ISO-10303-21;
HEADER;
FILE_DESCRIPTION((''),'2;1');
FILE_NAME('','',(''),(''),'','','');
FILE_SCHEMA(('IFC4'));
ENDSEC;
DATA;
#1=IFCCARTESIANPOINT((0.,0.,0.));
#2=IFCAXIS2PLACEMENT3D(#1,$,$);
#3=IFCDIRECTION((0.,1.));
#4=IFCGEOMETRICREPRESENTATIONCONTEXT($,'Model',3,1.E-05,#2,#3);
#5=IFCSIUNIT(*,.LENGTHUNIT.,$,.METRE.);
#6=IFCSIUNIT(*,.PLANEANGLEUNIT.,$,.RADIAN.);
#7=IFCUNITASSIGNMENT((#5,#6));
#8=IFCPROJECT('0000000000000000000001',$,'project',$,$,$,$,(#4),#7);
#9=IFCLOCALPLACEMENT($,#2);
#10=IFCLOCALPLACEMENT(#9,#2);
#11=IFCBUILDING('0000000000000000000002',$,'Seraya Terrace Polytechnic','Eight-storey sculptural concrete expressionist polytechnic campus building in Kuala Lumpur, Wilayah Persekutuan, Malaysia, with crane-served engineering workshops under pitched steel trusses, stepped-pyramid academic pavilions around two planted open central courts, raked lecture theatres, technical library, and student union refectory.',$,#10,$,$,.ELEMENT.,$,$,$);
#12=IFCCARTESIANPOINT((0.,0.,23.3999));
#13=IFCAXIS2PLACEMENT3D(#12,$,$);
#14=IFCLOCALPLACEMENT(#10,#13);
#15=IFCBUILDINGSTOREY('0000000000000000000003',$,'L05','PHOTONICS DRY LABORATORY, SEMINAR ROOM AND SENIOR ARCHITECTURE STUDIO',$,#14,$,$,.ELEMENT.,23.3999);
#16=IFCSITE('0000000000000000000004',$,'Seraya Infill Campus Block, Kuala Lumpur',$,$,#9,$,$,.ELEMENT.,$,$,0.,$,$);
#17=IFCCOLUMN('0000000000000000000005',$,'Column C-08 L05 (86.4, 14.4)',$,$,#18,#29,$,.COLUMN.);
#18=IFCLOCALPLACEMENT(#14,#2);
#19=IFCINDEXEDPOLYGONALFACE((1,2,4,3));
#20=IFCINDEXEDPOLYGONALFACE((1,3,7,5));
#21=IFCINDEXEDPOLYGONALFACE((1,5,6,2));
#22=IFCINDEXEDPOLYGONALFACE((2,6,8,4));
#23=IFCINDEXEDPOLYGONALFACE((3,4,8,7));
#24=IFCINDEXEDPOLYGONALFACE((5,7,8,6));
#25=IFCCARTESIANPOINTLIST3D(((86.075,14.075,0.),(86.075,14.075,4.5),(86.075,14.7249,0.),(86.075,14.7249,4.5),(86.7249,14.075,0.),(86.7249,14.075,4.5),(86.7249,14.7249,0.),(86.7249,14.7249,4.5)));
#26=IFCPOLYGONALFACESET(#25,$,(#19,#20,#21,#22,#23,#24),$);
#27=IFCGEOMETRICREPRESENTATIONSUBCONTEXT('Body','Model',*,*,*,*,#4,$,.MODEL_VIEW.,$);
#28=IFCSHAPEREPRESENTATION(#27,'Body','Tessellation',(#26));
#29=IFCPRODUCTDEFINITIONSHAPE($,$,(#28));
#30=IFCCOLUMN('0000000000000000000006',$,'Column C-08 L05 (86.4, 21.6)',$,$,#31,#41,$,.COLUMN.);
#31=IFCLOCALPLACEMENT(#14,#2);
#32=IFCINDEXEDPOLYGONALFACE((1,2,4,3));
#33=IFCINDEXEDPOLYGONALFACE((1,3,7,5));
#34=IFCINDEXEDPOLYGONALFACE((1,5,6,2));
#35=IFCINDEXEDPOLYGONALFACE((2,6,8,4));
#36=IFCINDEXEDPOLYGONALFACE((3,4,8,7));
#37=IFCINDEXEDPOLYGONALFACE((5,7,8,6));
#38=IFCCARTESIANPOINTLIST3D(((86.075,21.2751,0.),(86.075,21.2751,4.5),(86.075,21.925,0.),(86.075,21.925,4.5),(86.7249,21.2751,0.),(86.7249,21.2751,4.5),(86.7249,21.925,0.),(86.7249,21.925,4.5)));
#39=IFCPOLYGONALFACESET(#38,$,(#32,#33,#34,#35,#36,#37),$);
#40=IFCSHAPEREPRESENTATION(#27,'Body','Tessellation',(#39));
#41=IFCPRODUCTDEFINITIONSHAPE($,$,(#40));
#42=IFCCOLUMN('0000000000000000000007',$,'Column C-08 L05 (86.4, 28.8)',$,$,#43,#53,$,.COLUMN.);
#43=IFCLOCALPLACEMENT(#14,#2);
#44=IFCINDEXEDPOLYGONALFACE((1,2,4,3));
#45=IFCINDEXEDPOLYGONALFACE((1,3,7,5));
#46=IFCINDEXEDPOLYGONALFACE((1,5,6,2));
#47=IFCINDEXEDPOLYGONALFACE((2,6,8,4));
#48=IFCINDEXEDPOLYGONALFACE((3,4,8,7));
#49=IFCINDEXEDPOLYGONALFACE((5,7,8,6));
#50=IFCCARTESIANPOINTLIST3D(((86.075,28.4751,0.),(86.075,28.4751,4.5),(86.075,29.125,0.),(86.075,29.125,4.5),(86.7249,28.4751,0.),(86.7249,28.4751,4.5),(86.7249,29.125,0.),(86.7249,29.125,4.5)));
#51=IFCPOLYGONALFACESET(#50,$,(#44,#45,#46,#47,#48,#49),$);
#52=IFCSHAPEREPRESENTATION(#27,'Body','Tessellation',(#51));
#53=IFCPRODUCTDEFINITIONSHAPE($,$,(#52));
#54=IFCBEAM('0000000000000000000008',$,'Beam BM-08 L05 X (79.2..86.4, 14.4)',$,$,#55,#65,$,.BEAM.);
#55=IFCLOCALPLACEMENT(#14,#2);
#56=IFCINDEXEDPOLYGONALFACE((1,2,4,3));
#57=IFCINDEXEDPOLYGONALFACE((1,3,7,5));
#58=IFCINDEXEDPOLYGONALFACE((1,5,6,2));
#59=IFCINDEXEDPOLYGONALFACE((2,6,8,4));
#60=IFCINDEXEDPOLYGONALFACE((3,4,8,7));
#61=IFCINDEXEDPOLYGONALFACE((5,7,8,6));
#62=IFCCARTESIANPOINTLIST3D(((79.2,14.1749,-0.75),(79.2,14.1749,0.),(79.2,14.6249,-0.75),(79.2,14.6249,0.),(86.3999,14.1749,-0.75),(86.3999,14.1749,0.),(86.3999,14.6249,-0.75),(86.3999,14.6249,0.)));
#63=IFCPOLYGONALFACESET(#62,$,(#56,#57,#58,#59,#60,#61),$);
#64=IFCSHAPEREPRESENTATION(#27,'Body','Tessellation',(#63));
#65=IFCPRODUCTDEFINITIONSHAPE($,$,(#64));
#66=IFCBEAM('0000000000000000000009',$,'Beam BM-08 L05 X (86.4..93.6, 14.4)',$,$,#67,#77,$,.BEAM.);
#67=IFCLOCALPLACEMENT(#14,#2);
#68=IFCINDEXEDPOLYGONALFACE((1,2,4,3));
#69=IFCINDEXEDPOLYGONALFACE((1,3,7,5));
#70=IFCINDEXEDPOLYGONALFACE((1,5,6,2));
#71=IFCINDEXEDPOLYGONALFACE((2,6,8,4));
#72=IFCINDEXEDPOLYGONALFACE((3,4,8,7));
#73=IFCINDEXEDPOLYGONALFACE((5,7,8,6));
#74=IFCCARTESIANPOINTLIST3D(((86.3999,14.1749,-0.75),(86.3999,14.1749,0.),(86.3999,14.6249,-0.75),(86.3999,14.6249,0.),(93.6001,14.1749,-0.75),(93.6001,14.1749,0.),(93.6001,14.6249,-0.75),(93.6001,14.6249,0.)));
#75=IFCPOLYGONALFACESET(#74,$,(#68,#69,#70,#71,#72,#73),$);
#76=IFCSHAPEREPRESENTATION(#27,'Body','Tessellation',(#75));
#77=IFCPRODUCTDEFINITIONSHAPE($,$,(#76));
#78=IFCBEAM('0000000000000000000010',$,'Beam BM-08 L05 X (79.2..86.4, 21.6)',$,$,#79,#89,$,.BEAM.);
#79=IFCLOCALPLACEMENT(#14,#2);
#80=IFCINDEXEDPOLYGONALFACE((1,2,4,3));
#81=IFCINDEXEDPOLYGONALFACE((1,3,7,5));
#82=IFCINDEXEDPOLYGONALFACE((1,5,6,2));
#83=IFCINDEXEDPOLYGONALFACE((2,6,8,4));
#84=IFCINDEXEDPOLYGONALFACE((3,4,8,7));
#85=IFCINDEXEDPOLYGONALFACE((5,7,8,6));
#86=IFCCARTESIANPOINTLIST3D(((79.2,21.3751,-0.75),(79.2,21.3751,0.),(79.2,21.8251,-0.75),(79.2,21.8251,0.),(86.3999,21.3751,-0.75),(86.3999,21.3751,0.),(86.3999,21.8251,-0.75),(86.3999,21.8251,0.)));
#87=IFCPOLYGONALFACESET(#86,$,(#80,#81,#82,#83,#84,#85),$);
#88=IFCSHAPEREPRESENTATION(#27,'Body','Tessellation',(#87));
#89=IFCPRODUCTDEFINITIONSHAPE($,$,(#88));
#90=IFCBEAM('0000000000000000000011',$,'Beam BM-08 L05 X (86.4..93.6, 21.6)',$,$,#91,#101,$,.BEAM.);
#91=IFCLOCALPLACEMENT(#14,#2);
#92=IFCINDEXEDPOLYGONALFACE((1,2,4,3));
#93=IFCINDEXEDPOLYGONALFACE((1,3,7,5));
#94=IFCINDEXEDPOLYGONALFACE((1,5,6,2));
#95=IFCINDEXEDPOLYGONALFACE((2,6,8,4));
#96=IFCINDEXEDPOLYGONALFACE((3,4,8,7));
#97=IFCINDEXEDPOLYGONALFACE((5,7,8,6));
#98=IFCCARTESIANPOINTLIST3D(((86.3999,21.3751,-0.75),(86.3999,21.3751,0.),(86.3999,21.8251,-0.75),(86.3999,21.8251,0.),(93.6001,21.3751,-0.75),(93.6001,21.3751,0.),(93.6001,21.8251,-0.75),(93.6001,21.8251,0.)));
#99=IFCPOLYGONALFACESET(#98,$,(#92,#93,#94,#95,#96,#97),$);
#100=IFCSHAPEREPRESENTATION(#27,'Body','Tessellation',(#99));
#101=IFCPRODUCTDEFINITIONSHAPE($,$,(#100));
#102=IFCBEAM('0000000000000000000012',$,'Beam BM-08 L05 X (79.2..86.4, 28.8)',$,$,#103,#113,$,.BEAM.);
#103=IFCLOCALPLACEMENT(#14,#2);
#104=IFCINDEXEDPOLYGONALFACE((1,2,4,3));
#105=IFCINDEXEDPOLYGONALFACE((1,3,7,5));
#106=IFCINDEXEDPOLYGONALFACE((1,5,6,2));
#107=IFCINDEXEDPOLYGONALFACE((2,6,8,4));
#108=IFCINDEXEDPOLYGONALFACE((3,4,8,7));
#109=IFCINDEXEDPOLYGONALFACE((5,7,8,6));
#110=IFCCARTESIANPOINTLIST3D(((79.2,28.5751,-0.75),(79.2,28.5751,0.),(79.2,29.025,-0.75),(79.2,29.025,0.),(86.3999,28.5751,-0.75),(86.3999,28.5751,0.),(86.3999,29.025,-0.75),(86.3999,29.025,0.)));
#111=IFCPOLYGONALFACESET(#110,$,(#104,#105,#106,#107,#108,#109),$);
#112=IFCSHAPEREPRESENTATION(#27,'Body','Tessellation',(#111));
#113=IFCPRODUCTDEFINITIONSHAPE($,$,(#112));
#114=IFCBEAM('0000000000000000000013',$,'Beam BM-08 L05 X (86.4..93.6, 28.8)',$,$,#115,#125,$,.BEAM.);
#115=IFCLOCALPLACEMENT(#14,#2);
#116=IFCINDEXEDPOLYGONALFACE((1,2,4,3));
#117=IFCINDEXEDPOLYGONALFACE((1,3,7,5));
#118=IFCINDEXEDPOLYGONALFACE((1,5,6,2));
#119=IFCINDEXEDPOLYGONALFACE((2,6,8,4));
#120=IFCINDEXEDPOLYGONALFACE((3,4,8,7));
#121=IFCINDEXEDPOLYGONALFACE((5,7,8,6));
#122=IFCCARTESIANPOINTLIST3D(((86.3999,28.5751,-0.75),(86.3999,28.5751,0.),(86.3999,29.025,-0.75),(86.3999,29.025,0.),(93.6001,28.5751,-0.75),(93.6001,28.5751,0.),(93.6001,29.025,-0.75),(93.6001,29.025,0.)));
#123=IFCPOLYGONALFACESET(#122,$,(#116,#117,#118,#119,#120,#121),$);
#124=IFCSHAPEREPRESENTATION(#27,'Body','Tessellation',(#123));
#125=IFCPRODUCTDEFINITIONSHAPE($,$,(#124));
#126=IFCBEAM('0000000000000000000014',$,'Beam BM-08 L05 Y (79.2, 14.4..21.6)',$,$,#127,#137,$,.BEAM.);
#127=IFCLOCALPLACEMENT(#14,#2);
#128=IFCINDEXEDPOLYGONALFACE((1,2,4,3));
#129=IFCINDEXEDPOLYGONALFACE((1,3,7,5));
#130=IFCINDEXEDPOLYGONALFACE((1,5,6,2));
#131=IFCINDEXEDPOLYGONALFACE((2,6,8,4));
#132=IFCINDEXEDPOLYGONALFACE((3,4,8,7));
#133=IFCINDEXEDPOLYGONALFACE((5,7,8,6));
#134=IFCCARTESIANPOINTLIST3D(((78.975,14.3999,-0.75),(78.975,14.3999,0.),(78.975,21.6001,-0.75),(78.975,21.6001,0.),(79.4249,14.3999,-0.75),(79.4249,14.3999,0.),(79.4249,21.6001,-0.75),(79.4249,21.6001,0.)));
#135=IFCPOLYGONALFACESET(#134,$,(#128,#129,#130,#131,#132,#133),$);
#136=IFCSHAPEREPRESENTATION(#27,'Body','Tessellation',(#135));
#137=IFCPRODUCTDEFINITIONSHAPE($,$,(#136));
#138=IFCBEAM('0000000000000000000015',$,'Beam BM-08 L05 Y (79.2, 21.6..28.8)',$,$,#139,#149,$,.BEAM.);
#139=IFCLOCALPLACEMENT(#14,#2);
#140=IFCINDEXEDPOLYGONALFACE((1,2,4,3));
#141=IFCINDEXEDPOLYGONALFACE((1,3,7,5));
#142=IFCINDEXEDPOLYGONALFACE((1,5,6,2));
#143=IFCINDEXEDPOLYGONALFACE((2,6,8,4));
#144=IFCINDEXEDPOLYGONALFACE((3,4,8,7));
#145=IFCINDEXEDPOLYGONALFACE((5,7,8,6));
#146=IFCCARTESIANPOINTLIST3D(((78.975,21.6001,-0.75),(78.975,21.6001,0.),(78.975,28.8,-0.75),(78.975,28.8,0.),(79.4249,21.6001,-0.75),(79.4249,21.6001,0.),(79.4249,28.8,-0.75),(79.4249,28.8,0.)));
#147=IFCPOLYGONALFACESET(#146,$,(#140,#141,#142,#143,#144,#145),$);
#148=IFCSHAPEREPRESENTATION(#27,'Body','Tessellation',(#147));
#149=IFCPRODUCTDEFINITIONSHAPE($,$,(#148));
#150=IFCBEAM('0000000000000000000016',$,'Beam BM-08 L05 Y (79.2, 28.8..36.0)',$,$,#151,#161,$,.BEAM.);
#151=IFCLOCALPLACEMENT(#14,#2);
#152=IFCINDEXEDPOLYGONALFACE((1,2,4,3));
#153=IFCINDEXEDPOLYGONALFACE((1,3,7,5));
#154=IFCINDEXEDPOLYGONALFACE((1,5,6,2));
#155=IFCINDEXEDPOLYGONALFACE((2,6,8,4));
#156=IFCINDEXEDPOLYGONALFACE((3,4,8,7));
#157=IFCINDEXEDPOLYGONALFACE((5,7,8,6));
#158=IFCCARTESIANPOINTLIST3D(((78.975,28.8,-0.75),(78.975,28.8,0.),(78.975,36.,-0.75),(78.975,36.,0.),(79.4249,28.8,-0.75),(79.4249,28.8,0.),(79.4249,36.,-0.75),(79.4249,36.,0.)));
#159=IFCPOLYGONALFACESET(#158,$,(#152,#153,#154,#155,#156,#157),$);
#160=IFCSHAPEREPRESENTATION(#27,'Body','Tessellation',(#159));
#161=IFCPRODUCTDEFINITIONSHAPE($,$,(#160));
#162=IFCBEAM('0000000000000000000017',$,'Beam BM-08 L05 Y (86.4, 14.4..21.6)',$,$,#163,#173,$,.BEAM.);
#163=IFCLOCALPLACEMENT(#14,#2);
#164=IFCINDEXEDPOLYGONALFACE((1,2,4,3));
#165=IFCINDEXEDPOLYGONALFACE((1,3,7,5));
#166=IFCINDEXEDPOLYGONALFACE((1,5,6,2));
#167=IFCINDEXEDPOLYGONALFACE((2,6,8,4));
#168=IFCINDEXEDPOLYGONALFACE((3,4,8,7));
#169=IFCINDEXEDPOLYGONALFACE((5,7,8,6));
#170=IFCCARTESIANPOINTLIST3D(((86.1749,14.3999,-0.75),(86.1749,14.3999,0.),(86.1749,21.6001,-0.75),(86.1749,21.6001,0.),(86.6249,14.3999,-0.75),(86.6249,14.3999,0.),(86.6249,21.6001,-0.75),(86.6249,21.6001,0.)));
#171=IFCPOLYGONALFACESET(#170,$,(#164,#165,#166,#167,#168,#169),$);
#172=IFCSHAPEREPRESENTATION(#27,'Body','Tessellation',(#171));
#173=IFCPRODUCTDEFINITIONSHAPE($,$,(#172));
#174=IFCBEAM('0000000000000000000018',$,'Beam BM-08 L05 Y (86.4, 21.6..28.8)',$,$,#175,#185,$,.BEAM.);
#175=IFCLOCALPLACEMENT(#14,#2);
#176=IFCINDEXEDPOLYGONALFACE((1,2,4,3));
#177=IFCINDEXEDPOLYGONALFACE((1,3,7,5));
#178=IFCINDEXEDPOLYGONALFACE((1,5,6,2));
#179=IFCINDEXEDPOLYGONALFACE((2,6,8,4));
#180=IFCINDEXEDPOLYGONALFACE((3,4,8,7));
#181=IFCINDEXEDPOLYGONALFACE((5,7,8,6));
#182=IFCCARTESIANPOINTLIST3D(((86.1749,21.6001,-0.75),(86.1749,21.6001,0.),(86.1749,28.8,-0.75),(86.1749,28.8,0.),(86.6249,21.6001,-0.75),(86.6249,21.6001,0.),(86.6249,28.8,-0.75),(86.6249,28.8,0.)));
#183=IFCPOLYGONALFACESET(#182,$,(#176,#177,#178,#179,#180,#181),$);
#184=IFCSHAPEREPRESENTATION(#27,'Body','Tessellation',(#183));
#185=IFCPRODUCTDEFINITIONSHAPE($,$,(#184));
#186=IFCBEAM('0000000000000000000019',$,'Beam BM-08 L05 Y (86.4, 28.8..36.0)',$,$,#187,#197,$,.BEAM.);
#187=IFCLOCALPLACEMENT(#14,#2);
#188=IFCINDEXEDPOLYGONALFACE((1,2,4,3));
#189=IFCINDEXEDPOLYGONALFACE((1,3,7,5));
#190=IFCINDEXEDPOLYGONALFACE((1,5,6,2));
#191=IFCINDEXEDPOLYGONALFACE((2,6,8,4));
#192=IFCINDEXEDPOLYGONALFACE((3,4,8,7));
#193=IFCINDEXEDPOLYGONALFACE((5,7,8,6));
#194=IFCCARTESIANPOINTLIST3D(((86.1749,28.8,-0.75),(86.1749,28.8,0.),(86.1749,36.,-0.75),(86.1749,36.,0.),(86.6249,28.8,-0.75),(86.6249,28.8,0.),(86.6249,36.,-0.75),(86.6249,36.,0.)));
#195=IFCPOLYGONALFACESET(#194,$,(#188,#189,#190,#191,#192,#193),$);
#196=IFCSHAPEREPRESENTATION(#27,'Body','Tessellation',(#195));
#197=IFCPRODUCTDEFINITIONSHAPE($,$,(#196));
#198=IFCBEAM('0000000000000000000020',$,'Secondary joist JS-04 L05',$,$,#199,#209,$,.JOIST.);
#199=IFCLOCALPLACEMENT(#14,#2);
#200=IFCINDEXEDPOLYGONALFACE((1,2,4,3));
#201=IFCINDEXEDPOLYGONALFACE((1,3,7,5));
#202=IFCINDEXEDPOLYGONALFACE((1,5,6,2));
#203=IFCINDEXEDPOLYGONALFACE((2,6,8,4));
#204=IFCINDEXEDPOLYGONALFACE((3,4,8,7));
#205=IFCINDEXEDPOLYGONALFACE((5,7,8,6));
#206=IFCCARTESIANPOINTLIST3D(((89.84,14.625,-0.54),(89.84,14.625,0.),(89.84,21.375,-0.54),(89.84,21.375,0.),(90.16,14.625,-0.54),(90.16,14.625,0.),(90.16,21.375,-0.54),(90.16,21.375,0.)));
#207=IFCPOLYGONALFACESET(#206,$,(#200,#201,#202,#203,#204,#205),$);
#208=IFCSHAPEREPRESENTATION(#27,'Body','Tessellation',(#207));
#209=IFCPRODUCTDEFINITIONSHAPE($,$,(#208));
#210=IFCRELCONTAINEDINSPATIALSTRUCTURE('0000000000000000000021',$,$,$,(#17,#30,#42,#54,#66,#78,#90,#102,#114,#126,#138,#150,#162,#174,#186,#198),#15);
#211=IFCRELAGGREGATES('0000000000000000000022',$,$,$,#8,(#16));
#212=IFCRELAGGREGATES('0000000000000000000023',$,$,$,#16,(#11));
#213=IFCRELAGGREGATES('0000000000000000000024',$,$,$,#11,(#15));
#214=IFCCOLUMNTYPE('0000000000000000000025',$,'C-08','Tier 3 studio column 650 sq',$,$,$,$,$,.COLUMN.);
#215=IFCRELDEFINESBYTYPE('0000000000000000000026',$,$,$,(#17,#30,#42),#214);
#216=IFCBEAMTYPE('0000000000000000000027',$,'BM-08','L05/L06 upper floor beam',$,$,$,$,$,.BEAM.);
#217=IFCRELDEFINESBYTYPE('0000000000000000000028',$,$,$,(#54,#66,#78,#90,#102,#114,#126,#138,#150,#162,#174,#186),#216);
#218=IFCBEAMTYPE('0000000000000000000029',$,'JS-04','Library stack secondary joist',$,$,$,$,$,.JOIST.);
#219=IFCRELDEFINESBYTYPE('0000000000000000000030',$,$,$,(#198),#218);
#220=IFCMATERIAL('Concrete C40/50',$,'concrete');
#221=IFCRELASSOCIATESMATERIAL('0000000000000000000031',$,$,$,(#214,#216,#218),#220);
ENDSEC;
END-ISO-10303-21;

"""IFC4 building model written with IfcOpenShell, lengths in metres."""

from ifc_helpers import new_model, si_unit, direction, frame, origin, origin_2d, place, context, subcontext, project, spatial, rectangle, extrude, material, material_profile, profile_set, type_object, element, save


model = new_model("IFC4")

# Units and contexts
model_context = context("Model", 3, precision=1e-05, world=origin(), true_north=direction((0.0, 1.0)))
body_context = subcontext(model_context, "Body", "Model", "MODEL_VIEW")
ifc_project = project(units=[si_unit("LENGTHUNIT", "METRE"), si_unit("PLANEANGLEUNIT", "RADIAN")], contexts=[model_context])

# Site, building, storey
site_placement = place(None, origin())
site = spatial("IfcSite", under=ifc_project, at=site_placement, Name="Seraya Infill Campus Block, Kuala Lumpur", CompositionType="ELEMENT", RefElevation=0.0)
building_placement = place(site_placement, origin())
building = spatial("IfcBuilding", under=site, at=building_placement, Name="Seraya Terrace Polytechnic", Description="Eight-storey sculptural concrete expressionist polytechnic campus building in Kuala Lumpur, Wilayah Persekutuan, Malaysia, with crane-served engineering workshops under pitched steel trusses, stepped-pyramid academic pavilions around two planted open central courts, raked lecture theatres, technical library, and student union refectory.", CompositionType="ELEMENT")
storey_placement = place(building_placement, frame((0.0, 0.0, 23.3999)))
storey = spatial("IfcBuildingStorey", under=building, at=storey_placement, Name="L05", Description="PHOTONICS DRY LABORATORY, SEMINAR ROOM AND SENIOR ARCHITECTURE STUDIO", CompositionType="ELEMENT", Elevation=23.3999)

# Columns
ifc_material_1 = material(Name="Concrete C40/50", Category="concrete")
ifc_material_profile_1 = material_profile(ifc_material_1, rectangle(XDim=0.6499, YDim=0.6499, at=origin_2d()), Name="RC 650x650")
ifc_profile_set_1 = profile_set([ifc_material_profile_1], Name="Concrete C40/50")
column_type = type_object("IfcColumnType", Name="C-08", Description="Tier 3 studio column 650 sq", PredefinedType="COLUMN", material=ifc_profile_set_1)
for number, where, z_axis, x_axis, name in (
    (1, (86.3999, 14.3999, 0.0), (0.0, 0.0, 1.0), (1.0, 0.0, 0.0), "Column C-08 L05 (86.4, 14.4)"),
    (2, (86.3999, 21.6001, 0.0), (0.0, 0.0, 1.0), (1.0, 0.0, 0.0), "Column C-08 L05 (86.4, 21.6)"),
    (3, (86.3999, 28.8, 0.0), (0.0, 0.0, 1.0), (1.0, 0.0, 0.0), "Column C-08 L05 (86.4, 28.8)"),
):
    element("IfcColumn", number, at=place(storey_placement, frame(where, z_axis=z_axis, x_axis=x_axis)), inside=storey, type_object=column_type, Name=name, PredefinedType="COLUMN", context=body_context, shape_type="SweptSolid", body=[
        extrude(rectangle(XDim=0.6499, YDim=0.6499, at=origin_2d()), origin(), (0.0, 0.0, 1.0), 4.5),
    ])

# Beams
ifc_material_profile_2 = material_profile(ifc_material_1, rectangle(XDim=0.45, YDim=0.75, at=origin_2d()), Name="RC 450x750")
ifc_profile_set_2 = profile_set([ifc_material_profile_2], Name="Concrete C40/50")
beam_type_1 = type_object("IfcBeamType", Name="BM-08", Description="L05/L06 upper floor beam", PredefinedType="BEAM", material=ifc_profile_set_2)
beam_1_placement = place(storey_placement, frame((79.2, 14.3999, -0.375), z_axis=(1.0, 0.0, 0.0), x_axis=(0.0, 1.0, 0.0)))
element("IfcBeam", 4, at=beam_1_placement, inside=storey, type_object=beam_type_1, Name="Beam BM-08 L05 X (79.2..86.4, 14.4)", PredefinedType="BEAM", context=body_context, shape_type="SweptSolid", body=[
    extrude(rectangle(XDim=0.45, YDim=0.75, at=origin_2d()), origin(), (0.0, 0.0, 1.0), 7.2),
])
beam_2_placement = place(storey_placement, frame((86.3999, 14.3999, -0.375), z_axis=(1.0, 0.0, 0.0), x_axis=(0.0, 1.0, 0.0)))
element("IfcBeam", 5, at=beam_2_placement, inside=storey, type_object=beam_type_1, Name="Beam BM-08 L05 X (86.4..93.6, 14.4)", PredefinedType="BEAM", context=body_context, shape_type="SweptSolid", body=[
    extrude(rectangle(XDim=0.45, YDim=0.75, at=origin_2d()), origin(), (0.0, 0.0, 1.0), 7.2002),
])
beam_3_placement = place(storey_placement, frame((79.2, 21.6001, -0.375), z_axis=(1.0, 0.0, 0.0), x_axis=(0.0, 1.0, 0.0)))
element("IfcBeam", 6, at=beam_3_placement, inside=storey, type_object=beam_type_1, Name="Beam BM-08 L05 X (79.2..86.4, 21.6)", PredefinedType="BEAM", context=body_context, shape_type="SweptSolid", body=[
    extrude(rectangle(XDim=0.45, YDim=0.75, at=origin_2d()), origin(), (0.0, 0.0, 1.0), 7.2),
])
beam_4_placement = place(storey_placement, frame((86.3999, 21.6001, -0.375), z_axis=(1.0, 0.0, 0.0), x_axis=(0.0, 1.0, 0.0)))
element("IfcBeam", 7, at=beam_4_placement, inside=storey, type_object=beam_type_1, Name="Beam BM-08 L05 X (86.4..93.6, 21.6)", PredefinedType="BEAM", context=body_context, shape_type="SweptSolid", body=[
    extrude(rectangle(XDim=0.45, YDim=0.75, at=origin_2d()), origin(), (0.0, 0.0, 1.0), 7.2002),
])
beam_5_placement = place(storey_placement, frame((79.2, 28.8, -0.375), z_axis=(1.0, 0.0, 0.0), x_axis=(0.0, 1.0, 0.0)))
element("IfcBeam", 8, at=beam_5_placement, inside=storey, type_object=beam_type_1, Name="Beam BM-08 L05 X (79.2..86.4, 28.8)", PredefinedType="BEAM", context=body_context, shape_type="SweptSolid", body=[
    extrude(rectangle(XDim=0.45, YDim=0.75, at=origin_2d()), origin(), (0.0, 0.0, 1.0), 7.2),
])
for number, where, z_axis, x_axis, name in (
    (9, (86.3999, 28.8, -0.375), (1.0, 0.0, 0.0), (0.0, 1.0, 0.0), "Beam BM-08 L05 X (86.4..93.6, 28.8)"),
    (10, (79.2, 14.3999, -0.375), (0.0, 1.0, 0.0), (-1.0, 0.0, 0.0), "Beam BM-08 L05 Y (79.2, 14.4..21.6)"),
):
    element("IfcBeam", number, at=place(storey_placement, frame(where, z_axis=z_axis, x_axis=x_axis)), inside=storey, type_object=beam_type_1, Name=name, PredefinedType="BEAM", context=body_context, shape_type="SweptSolid", body=[
        extrude(rectangle(XDim=0.45, YDim=0.75, at=origin_2d()), origin(), (0.0, 0.0, 1.0), 7.2002),
    ])
for number, where, z_axis, x_axis, name in (
    (11, (79.2, 21.6001, -0.375), (0.0, 1.0, 0.0), (-1.0, 0.0, 0.0), "Beam BM-08 L05 Y (79.2, 21.6..28.8)"),
    (12, (79.2, 28.8, -0.375), (0.0, 1.0, 0.0), (-1.0, 0.0, 0.0), "Beam BM-08 L05 Y (79.2, 28.8..36.0)"),
):
    element("IfcBeam", number, at=place(storey_placement, frame(where, z_axis=z_axis, x_axis=x_axis)), inside=storey, type_object=beam_type_1, Name=name, PredefinedType="BEAM", context=body_context, shape_type="SweptSolid", body=[
        extrude(rectangle(XDim=0.45, YDim=0.75, at=origin_2d()), origin(), (0.0, 0.0, 1.0), 7.2),
    ])
beam_6_placement = place(storey_placement, frame((86.3999, 14.3999, -0.375), z_axis=(0.0, 1.0, 0.0), x_axis=(-1.0, 0.0, 0.0)))
element("IfcBeam", 13, at=beam_6_placement, inside=storey, type_object=beam_type_1, Name="Beam BM-08 L05 Y (86.4, 14.4..21.6)", PredefinedType="BEAM", context=body_context, shape_type="SweptSolid", body=[
    extrude(rectangle(XDim=0.45, YDim=0.75, at=origin_2d()), origin(), (0.0, 0.0, 1.0), 7.2002),
])
for number, where, z_axis, x_axis, name in (
    (14, (86.3999, 21.6001, -0.375), (0.0, 1.0, 0.0), (-1.0, 0.0, 0.0), "Beam BM-08 L05 Y (86.4, 21.6..28.8)"),
    (15, (86.3999, 28.8, -0.375), (0.0, 1.0, 0.0), (-1.0, 0.0, 0.0), "Beam BM-08 L05 Y (86.4, 28.8..36.0)"),
):
    element("IfcBeam", number, at=place(storey_placement, frame(where, z_axis=z_axis, x_axis=x_axis)), inside=storey, type_object=beam_type_1, Name=name, PredefinedType="BEAM", context=body_context, shape_type="SweptSolid", body=[
        extrude(rectangle(XDim=0.45, YDim=0.75, at=origin_2d()), origin(), (0.0, 0.0, 1.0), 7.2),
    ])
ifc_material_profile_3 = material_profile(ifc_material_1, rectangle(XDim=0.3201, YDim=0.54, at=origin_2d()), Name="RC 320x540")
ifc_profile_set_3 = profile_set([ifc_material_profile_3], Name="Concrete C40/50")
beam_type_2 = type_object("IfcBeamType", Name="JS-04", Description="Library stack secondary joist", PredefinedType="JOIST", material=ifc_profile_set_3)
for number, where, z_axis, x_axis, name in (
    (16, (90.0, 14.625, -0.27), (0.0, 1.0, 0.0), (-1.0, 0.0, 0.0), "Secondary joist JS-04 L05"),
):
    element("IfcBeam", number, at=place(storey_placement, frame(where, z_axis=z_axis, x_axis=x_axis)), inside=storey, type_object=beam_type_2, Name=name, PredefinedType="JOIST", context=body_context, shape_type="SweptSolid", body=[
        extrude(rectangle(XDim=0.3201, YDim=0.54, at=origin_2d()), origin(), (0.0, 0.0, 1.0), 6.75),
    ])

save(model, "model.ifc")
